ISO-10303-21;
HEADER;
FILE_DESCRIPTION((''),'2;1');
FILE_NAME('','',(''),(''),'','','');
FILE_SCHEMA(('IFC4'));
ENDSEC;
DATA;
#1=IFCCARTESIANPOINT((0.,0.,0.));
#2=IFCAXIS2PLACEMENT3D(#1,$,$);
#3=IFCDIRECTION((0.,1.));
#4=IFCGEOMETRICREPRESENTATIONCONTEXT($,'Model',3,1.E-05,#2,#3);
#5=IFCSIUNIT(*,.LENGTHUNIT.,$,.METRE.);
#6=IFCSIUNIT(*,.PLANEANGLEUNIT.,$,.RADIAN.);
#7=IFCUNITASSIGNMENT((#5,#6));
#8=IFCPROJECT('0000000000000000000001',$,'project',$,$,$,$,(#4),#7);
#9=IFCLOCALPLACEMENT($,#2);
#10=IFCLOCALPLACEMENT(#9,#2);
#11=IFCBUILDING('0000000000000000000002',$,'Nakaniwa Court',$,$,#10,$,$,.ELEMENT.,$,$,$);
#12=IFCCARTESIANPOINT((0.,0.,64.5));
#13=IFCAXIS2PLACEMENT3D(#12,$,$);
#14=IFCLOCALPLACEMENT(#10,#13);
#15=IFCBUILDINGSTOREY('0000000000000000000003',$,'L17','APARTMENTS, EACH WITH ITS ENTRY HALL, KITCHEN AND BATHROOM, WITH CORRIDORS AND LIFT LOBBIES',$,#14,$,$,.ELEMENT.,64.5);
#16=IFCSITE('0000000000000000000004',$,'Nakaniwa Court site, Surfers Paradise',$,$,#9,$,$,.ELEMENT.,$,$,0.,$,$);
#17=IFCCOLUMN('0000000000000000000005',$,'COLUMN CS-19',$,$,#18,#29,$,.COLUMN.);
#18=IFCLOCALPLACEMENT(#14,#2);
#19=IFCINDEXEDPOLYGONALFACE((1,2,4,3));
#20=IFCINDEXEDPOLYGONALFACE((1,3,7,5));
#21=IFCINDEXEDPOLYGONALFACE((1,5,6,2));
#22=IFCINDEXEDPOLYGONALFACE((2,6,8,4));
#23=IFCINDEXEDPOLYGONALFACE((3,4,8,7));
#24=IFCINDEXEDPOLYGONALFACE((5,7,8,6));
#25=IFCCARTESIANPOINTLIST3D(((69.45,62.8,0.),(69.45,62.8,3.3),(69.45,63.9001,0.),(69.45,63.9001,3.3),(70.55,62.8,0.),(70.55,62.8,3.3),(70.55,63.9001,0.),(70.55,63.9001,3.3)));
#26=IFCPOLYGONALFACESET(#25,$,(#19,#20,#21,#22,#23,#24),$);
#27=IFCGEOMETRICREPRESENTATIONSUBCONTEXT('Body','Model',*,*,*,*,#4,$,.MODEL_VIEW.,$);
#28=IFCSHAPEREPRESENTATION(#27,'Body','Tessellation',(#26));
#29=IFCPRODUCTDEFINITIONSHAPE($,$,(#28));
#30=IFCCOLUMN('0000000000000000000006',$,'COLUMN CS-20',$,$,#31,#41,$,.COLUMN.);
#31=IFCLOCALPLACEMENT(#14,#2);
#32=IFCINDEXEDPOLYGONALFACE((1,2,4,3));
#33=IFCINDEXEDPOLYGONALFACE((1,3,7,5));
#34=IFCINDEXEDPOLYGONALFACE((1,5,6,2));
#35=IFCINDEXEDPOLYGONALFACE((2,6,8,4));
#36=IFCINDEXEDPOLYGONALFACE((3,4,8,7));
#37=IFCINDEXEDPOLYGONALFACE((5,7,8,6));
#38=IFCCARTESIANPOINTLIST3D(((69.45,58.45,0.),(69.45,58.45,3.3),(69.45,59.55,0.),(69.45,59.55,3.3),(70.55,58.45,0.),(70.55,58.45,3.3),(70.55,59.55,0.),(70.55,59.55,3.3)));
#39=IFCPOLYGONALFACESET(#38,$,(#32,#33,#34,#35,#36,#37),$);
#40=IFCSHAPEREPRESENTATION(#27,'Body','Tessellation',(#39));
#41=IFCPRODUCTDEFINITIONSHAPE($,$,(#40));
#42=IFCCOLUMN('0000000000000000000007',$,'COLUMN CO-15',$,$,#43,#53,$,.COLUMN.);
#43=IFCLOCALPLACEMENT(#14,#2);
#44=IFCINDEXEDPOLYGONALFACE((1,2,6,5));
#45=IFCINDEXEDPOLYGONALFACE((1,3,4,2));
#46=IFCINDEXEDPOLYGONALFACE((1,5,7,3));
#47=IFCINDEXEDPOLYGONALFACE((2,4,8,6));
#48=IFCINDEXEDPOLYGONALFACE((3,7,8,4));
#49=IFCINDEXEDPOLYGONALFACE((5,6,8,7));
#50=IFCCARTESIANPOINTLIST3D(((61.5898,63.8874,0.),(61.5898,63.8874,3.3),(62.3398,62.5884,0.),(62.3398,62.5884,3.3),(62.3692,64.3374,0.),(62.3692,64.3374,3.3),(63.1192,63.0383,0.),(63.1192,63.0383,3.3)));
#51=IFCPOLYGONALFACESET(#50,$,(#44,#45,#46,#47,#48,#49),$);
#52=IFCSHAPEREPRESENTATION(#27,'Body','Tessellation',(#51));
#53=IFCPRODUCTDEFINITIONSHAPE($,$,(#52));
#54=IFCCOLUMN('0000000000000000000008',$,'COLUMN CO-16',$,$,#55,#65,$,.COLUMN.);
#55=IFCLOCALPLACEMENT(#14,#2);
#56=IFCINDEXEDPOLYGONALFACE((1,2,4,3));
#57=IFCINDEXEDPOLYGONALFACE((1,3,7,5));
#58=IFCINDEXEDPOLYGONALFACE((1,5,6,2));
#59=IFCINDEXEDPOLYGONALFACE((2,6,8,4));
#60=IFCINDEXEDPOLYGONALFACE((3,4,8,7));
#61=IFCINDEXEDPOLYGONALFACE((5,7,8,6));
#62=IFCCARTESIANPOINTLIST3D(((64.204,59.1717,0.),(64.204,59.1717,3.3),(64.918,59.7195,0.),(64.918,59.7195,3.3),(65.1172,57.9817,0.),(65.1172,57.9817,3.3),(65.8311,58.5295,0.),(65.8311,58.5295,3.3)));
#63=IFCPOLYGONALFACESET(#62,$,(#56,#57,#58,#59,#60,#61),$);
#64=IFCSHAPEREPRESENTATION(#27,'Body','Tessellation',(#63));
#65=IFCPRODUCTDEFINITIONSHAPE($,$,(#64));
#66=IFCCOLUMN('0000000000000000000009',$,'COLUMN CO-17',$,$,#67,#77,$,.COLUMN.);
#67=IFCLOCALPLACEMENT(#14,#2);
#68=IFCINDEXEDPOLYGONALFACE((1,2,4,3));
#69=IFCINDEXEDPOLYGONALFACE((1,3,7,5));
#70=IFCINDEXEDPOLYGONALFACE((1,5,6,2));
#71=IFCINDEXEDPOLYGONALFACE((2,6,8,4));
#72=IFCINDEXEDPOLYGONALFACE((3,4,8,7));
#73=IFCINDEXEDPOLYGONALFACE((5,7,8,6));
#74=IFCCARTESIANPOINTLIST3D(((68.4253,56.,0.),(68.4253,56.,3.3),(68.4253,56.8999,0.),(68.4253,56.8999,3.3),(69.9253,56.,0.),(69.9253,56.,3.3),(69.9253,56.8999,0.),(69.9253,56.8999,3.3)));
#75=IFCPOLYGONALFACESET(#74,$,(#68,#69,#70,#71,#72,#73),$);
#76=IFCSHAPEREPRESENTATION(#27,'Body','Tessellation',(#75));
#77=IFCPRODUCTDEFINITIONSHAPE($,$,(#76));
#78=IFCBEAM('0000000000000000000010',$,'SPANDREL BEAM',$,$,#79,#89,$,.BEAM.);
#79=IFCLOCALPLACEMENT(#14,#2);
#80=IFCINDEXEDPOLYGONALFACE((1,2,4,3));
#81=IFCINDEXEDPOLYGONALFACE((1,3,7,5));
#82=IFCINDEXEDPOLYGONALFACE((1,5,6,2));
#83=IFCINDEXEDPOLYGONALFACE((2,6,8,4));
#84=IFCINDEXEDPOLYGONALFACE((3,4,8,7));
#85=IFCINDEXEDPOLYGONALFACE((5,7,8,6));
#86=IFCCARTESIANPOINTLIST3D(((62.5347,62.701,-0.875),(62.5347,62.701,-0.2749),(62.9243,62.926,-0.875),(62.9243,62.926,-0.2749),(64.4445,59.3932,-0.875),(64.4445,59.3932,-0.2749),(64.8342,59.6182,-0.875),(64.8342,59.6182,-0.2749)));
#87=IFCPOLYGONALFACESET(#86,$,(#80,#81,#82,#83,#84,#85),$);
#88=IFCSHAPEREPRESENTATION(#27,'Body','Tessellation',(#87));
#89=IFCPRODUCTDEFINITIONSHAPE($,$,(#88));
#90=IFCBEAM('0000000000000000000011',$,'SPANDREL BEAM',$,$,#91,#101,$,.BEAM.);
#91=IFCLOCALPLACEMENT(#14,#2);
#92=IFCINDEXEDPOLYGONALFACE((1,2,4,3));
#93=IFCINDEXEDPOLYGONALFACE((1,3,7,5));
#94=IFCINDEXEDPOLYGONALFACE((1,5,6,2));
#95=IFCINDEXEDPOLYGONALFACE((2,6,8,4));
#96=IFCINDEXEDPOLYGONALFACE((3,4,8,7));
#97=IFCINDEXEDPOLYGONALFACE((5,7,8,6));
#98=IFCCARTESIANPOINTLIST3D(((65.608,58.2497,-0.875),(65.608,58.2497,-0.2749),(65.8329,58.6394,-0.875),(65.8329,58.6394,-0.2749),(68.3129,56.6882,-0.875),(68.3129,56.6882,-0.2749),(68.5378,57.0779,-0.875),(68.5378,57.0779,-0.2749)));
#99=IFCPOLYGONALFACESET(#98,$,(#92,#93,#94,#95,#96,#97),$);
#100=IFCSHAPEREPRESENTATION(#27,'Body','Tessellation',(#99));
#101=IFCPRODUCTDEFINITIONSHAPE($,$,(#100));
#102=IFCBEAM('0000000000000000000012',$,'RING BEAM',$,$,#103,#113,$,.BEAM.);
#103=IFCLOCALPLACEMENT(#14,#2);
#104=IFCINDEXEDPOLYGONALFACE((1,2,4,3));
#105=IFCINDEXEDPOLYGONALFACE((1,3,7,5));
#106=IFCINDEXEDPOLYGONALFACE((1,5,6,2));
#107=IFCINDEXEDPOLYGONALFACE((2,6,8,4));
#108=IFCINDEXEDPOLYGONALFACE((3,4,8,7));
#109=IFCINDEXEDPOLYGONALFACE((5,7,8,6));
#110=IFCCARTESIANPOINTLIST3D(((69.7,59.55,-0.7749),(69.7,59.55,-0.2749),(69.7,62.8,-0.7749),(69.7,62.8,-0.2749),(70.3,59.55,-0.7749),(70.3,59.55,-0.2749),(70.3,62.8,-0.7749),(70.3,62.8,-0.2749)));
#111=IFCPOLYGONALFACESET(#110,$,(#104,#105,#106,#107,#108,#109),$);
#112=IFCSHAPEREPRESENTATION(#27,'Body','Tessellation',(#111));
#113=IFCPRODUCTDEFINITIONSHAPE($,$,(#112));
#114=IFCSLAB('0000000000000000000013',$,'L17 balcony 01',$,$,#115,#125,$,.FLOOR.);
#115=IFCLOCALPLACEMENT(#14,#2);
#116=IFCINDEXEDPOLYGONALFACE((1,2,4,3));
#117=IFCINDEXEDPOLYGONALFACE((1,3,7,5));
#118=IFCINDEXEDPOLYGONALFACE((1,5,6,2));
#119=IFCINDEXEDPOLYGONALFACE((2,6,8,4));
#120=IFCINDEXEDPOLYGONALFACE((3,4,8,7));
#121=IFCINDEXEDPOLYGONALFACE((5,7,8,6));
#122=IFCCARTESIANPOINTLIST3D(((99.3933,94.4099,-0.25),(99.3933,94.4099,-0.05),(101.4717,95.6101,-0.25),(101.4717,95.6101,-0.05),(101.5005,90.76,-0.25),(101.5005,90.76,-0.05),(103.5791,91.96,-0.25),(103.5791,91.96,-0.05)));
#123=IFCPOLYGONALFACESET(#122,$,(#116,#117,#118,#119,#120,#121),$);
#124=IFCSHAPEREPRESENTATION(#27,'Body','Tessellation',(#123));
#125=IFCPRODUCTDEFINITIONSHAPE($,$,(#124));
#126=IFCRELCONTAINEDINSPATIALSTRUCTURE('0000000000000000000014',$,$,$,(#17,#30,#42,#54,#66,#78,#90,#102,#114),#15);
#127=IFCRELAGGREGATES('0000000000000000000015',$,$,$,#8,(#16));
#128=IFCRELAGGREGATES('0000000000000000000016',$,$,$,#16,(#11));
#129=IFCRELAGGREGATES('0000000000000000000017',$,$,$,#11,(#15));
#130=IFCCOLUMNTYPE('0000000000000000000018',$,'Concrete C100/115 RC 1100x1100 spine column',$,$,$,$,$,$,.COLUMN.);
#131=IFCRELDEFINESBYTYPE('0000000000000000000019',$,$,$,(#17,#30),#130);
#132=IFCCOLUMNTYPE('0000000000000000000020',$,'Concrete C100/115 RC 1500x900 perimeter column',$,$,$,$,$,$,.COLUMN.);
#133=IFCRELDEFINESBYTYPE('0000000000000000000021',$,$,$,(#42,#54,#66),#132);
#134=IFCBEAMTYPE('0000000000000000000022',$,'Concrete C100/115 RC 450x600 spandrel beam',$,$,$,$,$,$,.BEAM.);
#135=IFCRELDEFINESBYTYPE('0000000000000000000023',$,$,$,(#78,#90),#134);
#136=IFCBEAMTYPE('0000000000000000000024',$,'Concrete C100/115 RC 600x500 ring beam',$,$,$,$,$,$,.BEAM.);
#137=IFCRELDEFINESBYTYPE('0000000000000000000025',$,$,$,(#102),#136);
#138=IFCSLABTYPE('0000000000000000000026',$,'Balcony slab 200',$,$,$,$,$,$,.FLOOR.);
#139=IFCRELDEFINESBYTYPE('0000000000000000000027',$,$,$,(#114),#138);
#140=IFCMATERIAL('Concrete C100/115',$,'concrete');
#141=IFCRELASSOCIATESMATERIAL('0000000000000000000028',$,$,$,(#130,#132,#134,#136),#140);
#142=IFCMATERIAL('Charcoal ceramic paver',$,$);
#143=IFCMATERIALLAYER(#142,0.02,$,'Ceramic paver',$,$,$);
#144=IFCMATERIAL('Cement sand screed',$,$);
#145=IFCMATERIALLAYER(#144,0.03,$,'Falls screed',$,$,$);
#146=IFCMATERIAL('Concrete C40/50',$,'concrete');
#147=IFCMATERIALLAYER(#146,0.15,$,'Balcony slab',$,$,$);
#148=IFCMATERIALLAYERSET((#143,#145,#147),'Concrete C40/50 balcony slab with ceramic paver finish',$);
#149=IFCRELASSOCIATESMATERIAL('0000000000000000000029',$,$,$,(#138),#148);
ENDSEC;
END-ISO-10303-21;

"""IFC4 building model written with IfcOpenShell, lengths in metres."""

from ifc_helpers import new_model, si_unit, direction, frame, origin, origin_2d, place, context, subcontext, project, spatial, polyline, rectangle, outline, extrude, material, layer, layer_set, material_profile, profile_set, type_object, element, save


model = new_model("IFC4")

# Units and contexts
model_context = context("Model", 3, precision=1e-05, world=origin(), true_north=direction((0.0, 1.0)))
body_context = subcontext(model_context, "Body", "Model", "MODEL_VIEW")
ifc_project = project(units=[si_unit("LENGTHUNIT", "METRE"), si_unit("PLANEANGLEUNIT", "RADIAN")], contexts=[model_context])

# Site, building, storey
site_placement = place(None, origin())
site = spatial("IfcSite", under=ifc_project, at=site_placement, Name="Nakaniwa Court site, Surfers Paradise", CompositionType="ELEMENT", RefElevation=0.0)
building_placement = place(site_placement, origin())
building = spatial("IfcBuilding", under=site, at=building_placement, Name="Nakaniwa Court", CompositionType="ELEMENT")
storey_placement = place(building_placement, frame((0.0, 0.0, 64.5)))
storey = spatial("IfcBuildingStorey", under=building, at=storey_placement, Name="L17", Description="APARTMENTS, EACH WITH ITS ENTRY HALL, KITCHEN AND BATHROOM, WITH CORRIDORS AND LIFT LOBBIES", CompositionType="ELEMENT", Elevation=64.5)

# Columns
ifc_material_1 = material(Name="Concrete C100/115", Category="concrete")
ifc_material_profile_1 = material_profile(ifc_material_1, rectangle(XDim=1.1001, YDim=1.1001, at=origin_2d()), Name="Concrete C100/115 RC 1100x1100 spine column")
ifc_profile_set_1 = profile_set([ifc_material_profile_1], Name="Concrete C100/115")
column_type_1 = type_object("IfcColumnType", Name="Concrete C100/115 RC 1100x1100 spine column", PredefinedType="COLUMN", material=ifc_profile_set_1)
for number, where, z_axis, x_axis, name in (
    (1, (70.0, 63.3501, 0.0), (0.0, 0.0, 1.0), (0.0, -1.0, 0.0), "COLUMN CS-19"),
    (2, (70.0, 59.0, 0.0), (0.0, 0.0, 1.0), (0.0, -1.0, 0.0), "COLUMN CS-20"),
):
    element("IfcColumn", number, at=place(storey_placement, frame(where, z_axis=z_axis, x_axis=x_axis)), inside=storey, type_object=column_type_1, Name=name, PredefinedType="COLUMN", context=body_context, shape_type="SweptSolid", body=[
        extrude(rectangle(XDim=1.1001, YDim=1.1001, at=origin_2d()), origin(), (0.0, 0.0, 1.0), 3.3),
    ])
ifc_material_profile_2 = material_profile(ifc_material_1, rectangle(XDim=1.5, YDim=0.8999, at=origin_2d()), Name="Concrete C100/115 RC 1500x900 perimeter column")
ifc_profile_set_2 = profile_set([ifc_material_profile_2], Name="Concrete C100/115")
column_type_2 = type_object("IfcColumnType", Name="Concrete C100/115 RC 1500x900 perimeter column", PredefinedType="COLUMN", material=ifc_profile_set_2)
for number, where, z_axis, x_axis, name in (
    (3, (62.3545, 63.4629, 0.0), (0.0, 0.0, 1.0), (0.5, -0.866025, 0.0), "COLUMN CO-15"),
    (4, (65.0176, 58.8506, 0.0), (0.0, 0.0, 1.0), (0.608761, -0.793353, 0.0), "COLUMN CO-16"),
    (5, (69.1753, 56.45, 0.0), (0.0, 0.0, 1.0), (1.0, 0.0, 0.0), "COLUMN CO-17"),
):
    element("IfcColumn", number, at=place(storey_placement, frame(where, z_axis=z_axis, x_axis=x_axis)), inside=storey, type_object=column_type_2, Name=name, PredefinedType="COLUMN", context=body_context, shape_type="SweptSolid", body=[
        extrude(rectangle(XDim=1.5, YDim=0.8999, at=origin_2d()), origin(), (0.0, 0.0, 1.0), 3.3),
    ])

# Beams
ifc_material_profile_3 = material_profile(ifc_material_1, rectangle(XDim=0.45, YDim=0.6001, at=origin_2d()), Name="Concrete C100/115 RC 450x600 spandrel beam")
ifc_profile_set_3 = profile_set([ifc_material_profile_3], Name="Concrete C100/115")
beam_type_1 = type_object("IfcBeamType", Name="Concrete C100/115 RC 450x600 spandrel beam", PredefinedType="BEAM", material=ifc_profile_set_3)
beam_1_placement = place(storey_placement, frame((62.7295, 62.8135, -0.575), z_axis=(0.500023, -0.866012, 0.0), x_axis=(0.866012, 0.500023, 0.0)))
element("IfcBeam", 6, at=beam_1_placement, inside=storey, type_object=beam_type_1, Name="SPANDREL BEAM", PredefinedType="BEAM", context=body_context, shape_type="SweptSolid", body=[
    extrude(rectangle(XDim=0.45, YDim=0.6001, at=origin_2d()), origin(), (0.0, 0.0, 1.0), 3.8196),
])
beam_2_placement = place(storey_placement, frame((65.7205, 58.4446, -0.575), z_axis=(0.866041, -0.499973, 0.0), x_axis=(0.499973, 0.866041, 0.0)))
element("IfcBeam", 7, at=beam_2_placement, inside=storey, type_object=beam_type_1, Name="SPANDREL BEAM", PredefinedType="BEAM", context=body_context, shape_type="SweptSolid", body=[
    extrude(rectangle(XDim=0.45, YDim=0.6001, at=origin_2d()), origin(), (0.0, 0.0, 1.0), 3.1233),
])
ifc_material_profile_4 = material_profile(ifc_material_1, rectangle(XDim=0.6001, YDim=0.5, at=origin_2d()), Name="Concrete C100/115 RC 600x500 ring beam")
ifc_profile_set_4 = profile_set([ifc_material_profile_4], Name="Concrete C100/115")
beam_type_2 = type_object("IfcBeamType", Name="Concrete C100/115 RC 600x500 ring beam", PredefinedType="BEAM", material=ifc_profile_set_4)
beam_3_placement = place(storey_placement, frame((70.0, 62.8, -0.5249), z_axis=(0.0, -1.0, 0.0), x_axis=(1.0, 0.0, 0.0)))
element("IfcBeam", 8, at=beam_3_placement, inside=storey, type_object=beam_type_2, Name="RING BEAM", PredefinedType="BEAM", context=body_context, shape_type="SweptSolid", body=[
    extrude(rectangle(XDim=0.6001, YDim=0.5, at=origin_2d()), origin(), (0.0, 0.0, 1.0), 3.25),
])

# Slab
ifc_material_2 = material(Name="Charcoal ceramic paver")
ifc_layer_1 = layer(ifc_material_2, 0.02, Name="Ceramic paver")
ifc_material_3 = material(Name="Cement sand screed")
ifc_layer_2 = layer(ifc_material_3, 0.03, Name="Falls screed")
ifc_material_4 = material(Name="Concrete C40/50", Category="concrete")
ifc_layer_3 = layer(ifc_material_4, 0.15, Name="Balcony slab")
ifc_layer_set_1 = layer_set([ifc_layer_1, ifc_layer_2, ifc_layer_3], Name="Concrete C40/50 balcony slab with ceramic paver finish")
slab_type_1 = type_object("IfcSlabType", Name="Balcony slab 200", PredefinedType="FLOOR", material=ifc_layer_set_1)
slab_1_placement = place(storey_placement, frame((0.0, 0.0, -0.25)))
element("IfcSlab", 9, at=slab_1_placement, inside=storey, type_object=slab_type_1, Name="L17 balcony 01", PredefinedType="FLOOR", context=body_context, shape_type="SweptSolid", body=[
    extrude(outline(polyline([(101.5005, 90.76), (99.3933, 94.4099), (101.4717, 95.6101), (103.5791, 91.96), (101.5005, 90.76)])), origin(), (0.0, 0.0, 1.0), 0.2),
])

save(model, "model.ifc")
